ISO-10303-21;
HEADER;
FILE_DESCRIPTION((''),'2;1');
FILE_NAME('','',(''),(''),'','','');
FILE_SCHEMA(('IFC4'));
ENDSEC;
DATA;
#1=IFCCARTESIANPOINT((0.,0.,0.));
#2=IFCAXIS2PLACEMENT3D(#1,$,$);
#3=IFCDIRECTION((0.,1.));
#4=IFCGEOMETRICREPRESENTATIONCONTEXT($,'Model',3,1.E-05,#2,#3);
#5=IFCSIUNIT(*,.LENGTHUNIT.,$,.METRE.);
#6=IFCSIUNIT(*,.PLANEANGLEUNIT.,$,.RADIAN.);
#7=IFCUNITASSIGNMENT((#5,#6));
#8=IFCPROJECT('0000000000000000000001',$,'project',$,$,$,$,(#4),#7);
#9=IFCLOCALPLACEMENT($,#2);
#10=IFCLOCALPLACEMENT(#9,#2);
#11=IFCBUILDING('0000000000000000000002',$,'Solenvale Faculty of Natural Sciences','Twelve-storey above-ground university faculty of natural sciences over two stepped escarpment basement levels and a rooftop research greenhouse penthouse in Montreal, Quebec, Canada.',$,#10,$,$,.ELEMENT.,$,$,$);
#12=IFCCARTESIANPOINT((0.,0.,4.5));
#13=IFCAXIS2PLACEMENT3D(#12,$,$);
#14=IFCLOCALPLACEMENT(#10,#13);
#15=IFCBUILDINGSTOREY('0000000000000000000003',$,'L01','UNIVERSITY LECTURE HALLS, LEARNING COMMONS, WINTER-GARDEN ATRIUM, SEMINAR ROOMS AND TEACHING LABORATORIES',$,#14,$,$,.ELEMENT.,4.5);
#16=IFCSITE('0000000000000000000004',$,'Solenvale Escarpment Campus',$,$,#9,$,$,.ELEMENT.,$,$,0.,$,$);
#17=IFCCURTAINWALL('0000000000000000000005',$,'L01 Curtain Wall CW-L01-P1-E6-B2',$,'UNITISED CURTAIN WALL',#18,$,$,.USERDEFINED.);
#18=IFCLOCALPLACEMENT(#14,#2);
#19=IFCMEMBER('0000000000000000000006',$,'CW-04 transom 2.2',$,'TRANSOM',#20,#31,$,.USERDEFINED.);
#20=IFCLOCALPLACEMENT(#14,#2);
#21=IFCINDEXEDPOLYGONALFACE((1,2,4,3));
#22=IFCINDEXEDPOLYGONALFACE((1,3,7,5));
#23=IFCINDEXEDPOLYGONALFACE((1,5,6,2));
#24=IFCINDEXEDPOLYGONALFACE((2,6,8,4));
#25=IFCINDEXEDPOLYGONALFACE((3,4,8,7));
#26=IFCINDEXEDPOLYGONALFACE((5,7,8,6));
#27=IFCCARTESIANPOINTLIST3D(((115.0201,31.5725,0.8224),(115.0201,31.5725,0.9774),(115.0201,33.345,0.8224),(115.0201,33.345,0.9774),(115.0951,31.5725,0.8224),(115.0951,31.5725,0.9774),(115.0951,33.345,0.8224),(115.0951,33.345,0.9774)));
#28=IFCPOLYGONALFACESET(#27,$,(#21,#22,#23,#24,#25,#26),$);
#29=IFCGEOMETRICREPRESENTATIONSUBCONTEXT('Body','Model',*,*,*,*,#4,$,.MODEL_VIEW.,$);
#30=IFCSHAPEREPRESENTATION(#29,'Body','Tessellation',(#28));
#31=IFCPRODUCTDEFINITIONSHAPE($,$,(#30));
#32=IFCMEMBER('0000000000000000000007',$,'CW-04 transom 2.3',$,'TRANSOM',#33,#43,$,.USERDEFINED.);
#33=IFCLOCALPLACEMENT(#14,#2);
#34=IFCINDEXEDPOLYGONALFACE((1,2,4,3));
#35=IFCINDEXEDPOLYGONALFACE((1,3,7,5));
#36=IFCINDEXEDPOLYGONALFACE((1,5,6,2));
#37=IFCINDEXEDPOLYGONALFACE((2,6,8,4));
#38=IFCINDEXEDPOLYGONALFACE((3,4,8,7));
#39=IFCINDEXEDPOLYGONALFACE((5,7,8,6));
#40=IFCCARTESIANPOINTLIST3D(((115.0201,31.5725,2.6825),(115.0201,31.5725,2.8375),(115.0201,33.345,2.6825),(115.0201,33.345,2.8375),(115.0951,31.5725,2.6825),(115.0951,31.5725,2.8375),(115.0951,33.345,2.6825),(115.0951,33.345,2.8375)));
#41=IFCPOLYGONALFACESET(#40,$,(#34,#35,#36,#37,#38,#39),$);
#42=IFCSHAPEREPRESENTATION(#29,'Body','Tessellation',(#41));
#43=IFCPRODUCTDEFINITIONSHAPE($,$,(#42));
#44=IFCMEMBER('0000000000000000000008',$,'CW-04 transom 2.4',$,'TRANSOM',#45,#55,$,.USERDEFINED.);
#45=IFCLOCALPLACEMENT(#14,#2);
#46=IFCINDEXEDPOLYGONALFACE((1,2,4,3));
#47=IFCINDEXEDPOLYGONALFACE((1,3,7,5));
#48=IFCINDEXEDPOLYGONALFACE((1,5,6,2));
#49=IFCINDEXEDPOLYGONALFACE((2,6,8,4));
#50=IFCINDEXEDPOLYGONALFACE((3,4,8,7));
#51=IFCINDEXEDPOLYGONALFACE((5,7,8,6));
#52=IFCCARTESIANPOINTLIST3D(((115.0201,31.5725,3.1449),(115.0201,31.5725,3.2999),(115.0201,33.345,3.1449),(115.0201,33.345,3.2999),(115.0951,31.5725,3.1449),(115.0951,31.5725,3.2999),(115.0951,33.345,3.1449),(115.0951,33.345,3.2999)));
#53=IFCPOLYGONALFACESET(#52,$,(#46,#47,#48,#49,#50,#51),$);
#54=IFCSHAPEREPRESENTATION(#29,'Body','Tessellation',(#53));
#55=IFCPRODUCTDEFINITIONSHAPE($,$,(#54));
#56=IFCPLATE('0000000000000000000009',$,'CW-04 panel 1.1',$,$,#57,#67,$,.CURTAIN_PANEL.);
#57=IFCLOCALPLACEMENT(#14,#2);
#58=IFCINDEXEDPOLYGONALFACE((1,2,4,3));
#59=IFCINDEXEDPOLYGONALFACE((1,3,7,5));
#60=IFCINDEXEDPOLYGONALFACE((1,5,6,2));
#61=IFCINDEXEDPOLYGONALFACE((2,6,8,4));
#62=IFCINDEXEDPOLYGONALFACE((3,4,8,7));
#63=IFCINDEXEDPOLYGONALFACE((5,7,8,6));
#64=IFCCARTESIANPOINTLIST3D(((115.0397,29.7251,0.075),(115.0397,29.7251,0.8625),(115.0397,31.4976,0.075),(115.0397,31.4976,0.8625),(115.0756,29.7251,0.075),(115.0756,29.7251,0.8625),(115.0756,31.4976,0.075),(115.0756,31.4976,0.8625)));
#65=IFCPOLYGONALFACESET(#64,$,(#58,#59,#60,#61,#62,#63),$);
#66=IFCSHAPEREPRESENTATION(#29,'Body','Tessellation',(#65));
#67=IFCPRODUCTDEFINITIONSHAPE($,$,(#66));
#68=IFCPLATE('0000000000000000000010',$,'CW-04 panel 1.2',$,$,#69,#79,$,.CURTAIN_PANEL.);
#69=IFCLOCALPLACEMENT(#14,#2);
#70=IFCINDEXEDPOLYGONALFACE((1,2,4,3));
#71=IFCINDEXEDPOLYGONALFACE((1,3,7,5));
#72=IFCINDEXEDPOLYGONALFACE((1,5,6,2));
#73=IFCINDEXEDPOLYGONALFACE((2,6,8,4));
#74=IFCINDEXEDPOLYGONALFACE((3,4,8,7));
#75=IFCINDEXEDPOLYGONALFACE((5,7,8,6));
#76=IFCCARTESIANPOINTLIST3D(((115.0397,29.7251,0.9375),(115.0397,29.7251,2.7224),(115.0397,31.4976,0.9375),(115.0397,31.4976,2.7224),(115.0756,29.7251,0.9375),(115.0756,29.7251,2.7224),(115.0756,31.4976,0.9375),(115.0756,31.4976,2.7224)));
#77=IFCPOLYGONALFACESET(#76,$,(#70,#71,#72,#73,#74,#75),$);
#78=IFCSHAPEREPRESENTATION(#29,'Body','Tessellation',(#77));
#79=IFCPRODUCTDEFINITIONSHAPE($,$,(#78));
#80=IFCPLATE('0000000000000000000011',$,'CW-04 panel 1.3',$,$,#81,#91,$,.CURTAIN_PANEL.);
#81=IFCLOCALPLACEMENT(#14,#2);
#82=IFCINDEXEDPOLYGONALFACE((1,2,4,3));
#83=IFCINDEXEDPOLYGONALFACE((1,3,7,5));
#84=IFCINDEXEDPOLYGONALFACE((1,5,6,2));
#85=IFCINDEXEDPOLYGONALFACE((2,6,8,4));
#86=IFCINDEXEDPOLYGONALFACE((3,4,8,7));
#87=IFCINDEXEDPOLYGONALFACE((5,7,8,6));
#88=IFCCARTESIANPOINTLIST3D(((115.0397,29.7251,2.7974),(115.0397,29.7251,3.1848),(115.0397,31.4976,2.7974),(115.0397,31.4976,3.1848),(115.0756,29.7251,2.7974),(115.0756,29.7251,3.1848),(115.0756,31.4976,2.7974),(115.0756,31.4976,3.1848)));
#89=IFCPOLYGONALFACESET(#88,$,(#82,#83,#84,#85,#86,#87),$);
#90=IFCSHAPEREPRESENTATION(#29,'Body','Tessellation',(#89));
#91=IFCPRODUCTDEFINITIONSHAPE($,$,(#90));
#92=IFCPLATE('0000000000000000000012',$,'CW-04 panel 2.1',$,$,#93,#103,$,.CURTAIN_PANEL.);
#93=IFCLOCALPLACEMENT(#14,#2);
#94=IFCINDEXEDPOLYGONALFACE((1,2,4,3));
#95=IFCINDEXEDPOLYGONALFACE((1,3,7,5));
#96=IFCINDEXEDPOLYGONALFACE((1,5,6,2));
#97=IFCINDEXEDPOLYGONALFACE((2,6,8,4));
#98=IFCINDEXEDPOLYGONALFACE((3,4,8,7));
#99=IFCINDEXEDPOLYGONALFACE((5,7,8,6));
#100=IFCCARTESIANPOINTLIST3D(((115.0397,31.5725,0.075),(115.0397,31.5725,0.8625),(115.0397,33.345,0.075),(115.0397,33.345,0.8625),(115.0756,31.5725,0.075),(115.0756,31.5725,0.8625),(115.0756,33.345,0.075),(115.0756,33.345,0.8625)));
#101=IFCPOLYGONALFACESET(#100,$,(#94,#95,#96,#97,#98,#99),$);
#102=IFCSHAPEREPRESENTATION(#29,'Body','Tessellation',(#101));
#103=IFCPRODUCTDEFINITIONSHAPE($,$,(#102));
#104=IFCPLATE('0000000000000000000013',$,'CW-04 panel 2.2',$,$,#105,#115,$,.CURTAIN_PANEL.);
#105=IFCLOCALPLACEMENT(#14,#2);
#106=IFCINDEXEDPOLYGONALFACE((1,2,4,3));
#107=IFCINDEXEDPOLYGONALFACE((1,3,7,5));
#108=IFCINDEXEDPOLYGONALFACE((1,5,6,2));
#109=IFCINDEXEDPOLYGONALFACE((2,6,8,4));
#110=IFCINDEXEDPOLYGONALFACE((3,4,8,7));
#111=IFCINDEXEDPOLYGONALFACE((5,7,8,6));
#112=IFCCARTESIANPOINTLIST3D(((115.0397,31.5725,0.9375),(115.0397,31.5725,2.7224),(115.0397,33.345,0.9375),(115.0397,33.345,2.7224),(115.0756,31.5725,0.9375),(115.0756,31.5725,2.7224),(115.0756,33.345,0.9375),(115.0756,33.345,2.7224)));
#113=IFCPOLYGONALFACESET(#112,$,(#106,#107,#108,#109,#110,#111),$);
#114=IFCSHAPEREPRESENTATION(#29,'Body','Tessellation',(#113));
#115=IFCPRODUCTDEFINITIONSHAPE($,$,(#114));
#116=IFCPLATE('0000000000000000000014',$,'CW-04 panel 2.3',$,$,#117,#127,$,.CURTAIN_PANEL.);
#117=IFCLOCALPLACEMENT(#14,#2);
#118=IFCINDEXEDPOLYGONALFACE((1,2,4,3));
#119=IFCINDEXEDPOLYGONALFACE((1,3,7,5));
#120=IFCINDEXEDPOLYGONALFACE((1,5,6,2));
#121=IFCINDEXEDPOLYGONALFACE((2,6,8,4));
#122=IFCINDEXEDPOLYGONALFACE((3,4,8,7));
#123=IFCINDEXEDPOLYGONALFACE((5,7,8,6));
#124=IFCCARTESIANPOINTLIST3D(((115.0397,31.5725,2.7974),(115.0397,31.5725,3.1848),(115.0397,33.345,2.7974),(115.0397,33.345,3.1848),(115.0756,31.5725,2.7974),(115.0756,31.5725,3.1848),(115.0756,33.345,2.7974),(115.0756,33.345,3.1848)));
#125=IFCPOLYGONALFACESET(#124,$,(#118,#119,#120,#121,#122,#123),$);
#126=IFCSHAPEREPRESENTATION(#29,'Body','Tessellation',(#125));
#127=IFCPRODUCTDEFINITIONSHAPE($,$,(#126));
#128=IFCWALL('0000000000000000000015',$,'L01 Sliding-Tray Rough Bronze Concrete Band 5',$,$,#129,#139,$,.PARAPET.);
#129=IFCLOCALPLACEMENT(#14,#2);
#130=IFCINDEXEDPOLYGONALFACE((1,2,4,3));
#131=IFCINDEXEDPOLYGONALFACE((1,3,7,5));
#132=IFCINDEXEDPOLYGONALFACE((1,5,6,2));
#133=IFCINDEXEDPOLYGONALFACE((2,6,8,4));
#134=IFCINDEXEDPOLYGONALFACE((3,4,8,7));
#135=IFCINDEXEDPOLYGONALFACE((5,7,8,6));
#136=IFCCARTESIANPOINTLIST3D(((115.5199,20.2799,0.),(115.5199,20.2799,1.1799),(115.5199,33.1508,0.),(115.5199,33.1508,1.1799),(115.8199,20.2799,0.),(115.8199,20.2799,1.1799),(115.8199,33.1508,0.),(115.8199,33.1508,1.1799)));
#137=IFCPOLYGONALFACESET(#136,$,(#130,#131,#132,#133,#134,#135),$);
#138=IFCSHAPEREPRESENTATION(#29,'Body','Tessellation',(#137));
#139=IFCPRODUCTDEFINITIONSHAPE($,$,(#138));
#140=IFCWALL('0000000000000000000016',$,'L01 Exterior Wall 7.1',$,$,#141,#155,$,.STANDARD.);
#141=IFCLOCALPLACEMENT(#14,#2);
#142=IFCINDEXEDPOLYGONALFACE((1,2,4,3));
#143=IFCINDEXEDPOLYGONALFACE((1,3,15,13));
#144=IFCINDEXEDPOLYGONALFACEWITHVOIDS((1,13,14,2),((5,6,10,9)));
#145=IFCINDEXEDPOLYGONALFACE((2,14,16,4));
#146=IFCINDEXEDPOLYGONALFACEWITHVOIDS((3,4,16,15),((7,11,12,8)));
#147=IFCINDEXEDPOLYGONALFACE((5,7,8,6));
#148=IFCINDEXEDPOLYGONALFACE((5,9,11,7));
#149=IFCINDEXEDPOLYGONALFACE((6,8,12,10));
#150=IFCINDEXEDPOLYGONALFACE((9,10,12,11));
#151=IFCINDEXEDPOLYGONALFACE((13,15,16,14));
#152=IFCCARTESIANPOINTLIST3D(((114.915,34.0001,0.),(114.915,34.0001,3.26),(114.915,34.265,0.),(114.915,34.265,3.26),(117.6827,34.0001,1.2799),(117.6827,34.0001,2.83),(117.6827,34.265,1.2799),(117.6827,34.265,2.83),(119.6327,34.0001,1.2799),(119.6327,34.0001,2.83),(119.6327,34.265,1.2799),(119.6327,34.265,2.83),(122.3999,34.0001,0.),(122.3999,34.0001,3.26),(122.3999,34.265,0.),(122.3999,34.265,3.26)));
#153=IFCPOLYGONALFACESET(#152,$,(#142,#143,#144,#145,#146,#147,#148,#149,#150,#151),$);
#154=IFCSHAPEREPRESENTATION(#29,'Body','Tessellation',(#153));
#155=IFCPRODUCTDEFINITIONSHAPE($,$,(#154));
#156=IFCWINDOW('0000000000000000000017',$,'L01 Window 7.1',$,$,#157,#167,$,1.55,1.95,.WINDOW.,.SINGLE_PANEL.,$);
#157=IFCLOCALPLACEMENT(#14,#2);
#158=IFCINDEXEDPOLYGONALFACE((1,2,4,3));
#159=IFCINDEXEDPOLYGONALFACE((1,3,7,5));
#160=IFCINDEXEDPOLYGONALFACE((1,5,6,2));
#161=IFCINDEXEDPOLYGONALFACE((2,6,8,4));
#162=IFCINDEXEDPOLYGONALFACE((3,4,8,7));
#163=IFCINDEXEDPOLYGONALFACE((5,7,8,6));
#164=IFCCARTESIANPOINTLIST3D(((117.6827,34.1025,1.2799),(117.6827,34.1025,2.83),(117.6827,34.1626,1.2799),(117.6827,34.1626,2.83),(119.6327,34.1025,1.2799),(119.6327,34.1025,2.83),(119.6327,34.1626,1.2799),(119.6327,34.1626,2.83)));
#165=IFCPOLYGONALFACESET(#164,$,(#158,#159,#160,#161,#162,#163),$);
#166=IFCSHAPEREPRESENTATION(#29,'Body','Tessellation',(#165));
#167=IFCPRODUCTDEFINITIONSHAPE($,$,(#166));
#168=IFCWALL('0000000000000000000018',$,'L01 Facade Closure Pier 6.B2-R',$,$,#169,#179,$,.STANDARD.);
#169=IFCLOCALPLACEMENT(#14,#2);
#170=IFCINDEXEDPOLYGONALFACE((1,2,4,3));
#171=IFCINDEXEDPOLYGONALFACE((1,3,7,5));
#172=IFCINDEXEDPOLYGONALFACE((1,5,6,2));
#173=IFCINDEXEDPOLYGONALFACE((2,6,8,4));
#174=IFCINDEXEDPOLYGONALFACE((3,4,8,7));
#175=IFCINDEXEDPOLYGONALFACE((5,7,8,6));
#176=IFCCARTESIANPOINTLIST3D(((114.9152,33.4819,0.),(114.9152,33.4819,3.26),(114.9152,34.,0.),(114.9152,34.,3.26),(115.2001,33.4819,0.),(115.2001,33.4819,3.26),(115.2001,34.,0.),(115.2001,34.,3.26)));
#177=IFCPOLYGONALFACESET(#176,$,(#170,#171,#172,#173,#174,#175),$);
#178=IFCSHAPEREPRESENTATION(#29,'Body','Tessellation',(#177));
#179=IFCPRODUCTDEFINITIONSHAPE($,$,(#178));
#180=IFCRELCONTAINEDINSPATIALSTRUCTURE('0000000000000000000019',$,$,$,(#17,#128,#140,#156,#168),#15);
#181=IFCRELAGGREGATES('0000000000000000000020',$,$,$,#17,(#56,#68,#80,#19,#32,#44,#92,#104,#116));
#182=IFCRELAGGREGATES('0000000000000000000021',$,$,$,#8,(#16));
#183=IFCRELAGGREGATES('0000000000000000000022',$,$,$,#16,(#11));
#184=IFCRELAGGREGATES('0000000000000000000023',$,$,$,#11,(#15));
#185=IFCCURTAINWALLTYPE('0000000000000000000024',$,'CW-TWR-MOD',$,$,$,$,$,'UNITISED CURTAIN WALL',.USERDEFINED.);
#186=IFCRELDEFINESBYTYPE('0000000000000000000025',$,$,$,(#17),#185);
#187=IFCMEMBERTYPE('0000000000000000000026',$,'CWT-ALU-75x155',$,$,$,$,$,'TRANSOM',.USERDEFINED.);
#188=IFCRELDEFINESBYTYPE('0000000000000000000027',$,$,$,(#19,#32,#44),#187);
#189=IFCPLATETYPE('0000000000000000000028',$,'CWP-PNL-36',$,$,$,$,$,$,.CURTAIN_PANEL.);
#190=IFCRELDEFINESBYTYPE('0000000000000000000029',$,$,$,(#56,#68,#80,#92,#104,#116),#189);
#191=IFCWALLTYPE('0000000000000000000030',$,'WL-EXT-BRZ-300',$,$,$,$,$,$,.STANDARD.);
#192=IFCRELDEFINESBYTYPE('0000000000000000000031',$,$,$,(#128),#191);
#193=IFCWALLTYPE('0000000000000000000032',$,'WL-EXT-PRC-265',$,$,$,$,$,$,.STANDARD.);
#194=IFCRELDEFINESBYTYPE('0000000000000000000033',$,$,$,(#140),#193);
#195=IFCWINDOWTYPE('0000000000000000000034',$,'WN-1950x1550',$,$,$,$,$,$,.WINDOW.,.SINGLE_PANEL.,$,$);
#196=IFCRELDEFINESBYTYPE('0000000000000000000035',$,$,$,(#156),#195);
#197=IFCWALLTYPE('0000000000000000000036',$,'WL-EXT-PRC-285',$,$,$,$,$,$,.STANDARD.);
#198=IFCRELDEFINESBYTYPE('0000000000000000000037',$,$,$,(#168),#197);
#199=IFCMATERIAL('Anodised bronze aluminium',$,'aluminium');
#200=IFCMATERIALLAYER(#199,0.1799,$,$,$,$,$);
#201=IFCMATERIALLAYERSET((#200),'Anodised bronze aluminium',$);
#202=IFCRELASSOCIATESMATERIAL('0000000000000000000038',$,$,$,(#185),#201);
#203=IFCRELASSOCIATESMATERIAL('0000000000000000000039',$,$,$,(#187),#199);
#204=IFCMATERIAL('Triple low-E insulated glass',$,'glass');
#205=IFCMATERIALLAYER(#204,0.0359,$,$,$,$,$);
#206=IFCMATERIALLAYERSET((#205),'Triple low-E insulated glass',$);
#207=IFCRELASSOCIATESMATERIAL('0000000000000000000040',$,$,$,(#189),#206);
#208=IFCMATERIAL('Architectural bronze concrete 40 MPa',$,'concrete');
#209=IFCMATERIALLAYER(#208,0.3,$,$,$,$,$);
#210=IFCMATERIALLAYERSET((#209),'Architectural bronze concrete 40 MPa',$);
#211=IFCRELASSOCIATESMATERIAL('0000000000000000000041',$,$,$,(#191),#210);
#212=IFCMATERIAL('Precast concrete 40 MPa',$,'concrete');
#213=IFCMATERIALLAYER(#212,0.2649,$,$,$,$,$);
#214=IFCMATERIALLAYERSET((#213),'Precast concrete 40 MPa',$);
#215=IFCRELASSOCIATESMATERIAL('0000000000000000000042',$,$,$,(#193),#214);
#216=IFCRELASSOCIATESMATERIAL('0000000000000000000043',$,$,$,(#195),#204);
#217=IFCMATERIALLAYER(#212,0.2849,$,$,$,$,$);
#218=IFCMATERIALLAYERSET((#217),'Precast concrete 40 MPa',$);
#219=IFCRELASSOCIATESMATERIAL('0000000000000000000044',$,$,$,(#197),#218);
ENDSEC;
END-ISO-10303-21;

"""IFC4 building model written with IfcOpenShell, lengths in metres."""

from ifc_helpers import new_model, si_unit, direction, frame, frame_2d, origin, origin_2d, place, context, subcontext, project, spatial, rectangle, extrude, material, layer, layer_set, material_profile, profile_set, type_object, element, fill, aggregate, save


model = new_model("IFC4")

# Units and contexts
model_context = context("Model", 3, precision=1e-05, world=origin(), true_north=direction((0.0, 1.0)))
body_context = subcontext(model_context, "Body", "Model", "MODEL_VIEW")
ifc_project = project(units=[si_unit("LENGTHUNIT", "METRE"), si_unit("PLANEANGLEUNIT", "RADIAN")], contexts=[model_context])

# Site, building, storey
site_placement = place(None, origin())
site = spatial("IfcSite", under=ifc_project, at=site_placement, Name="Solenvale Escarpment Campus", CompositionType="ELEMENT", RefElevation=0.0)
building_placement = place(site_placement, origin())
building = spatial("IfcBuilding", under=site, at=building_placement, Name="Solenvale Faculty of Natural Sciences", Description="Twelve-storey above-ground university faculty of natural sciences over two stepped escarpment basement levels and a rooftop research greenhouse penthouse in Montreal, Quebec, Canada.", CompositionType="ELEMENT")
storey_placement = place(building_placement, frame((0.0, 0.0, 4.5)))
storey = spatial("IfcBuildingStorey", under=building, at=storey_placement, Name="L01", Description="UNIVERSITY LECTURE HALLS, LEARNING COMMONS, WINTER-GARDEN ATRIUM, SEMINAR ROOMS AND TEACHING LABORATORIES", CompositionType="ELEMENT", Elevation=4.5)

# Curtain wall, members, plates
ifc_material_1 = material(Name="Anodised bronze aluminium", Category="aluminium")
ifc_layer_1 = layer(ifc_material_1, 0.1799)
ifc_layer_set_1 = layer_set([ifc_layer_1], Name="Anodised bronze aluminium")
curtain_wall_type = type_object("IfcCurtainWallType", Name="CW-TWR-MOD", ElementType="UNITISED CURTAIN WALL", PredefinedType="USERDEFINED", material=ifc_layer_set_1)
curtain_wall_placement = place(storey_placement, origin())
curtain_wall = element("IfcCurtainWall", 1, at=curtain_wall_placement, inside=storey, type_object=curtain_wall_type, Name="L01 Curtain Wall CW-L01-P1-E6-B2", ObjectType="UNITISED CURTAIN WALL", PredefinedType="USERDEFINED")
ifc_material_profile_1 = material_profile(ifc_material_1, rectangle(XDim=0.075, YDim=0.155, at=origin_2d()), Name="ALU-TRN-75x155")
ifc_profile_set_1 = profile_set([ifc_material_profile_1], Name="Anodised bronze aluminium")
member_type_1 = type_object("IfcMemberType", Name="CWT-ALU-75x155", ElementType="TRANSOM", PredefinedType="USERDEFINED", material=ifc_profile_set_1)
member_1_placement = place(storey_placement, frame((115.0576, 31.5725, 0.8999), z_axis=(0.0, 1.0, 0.0), x_axis=(-1.0, 0.0, 0.0)))
member_1 = element("IfcMember", 2, at=member_1_placement, type_object=member_type_1, Name="CW-04 transom 2.2", ObjectType="TRANSOM", PredefinedType="USERDEFINED", context=body_context, shape_type="SweptSolid", body=[
    extrude(rectangle(XDim=0.075, YDim=0.155, at=origin_2d()), origin(), (0.0, 0.0, 1.0), 1.7725),
])
member_2_placement = place(storey_placement, frame((115.0576, 31.5725, 2.76), z_axis=(0.0, 1.0, 0.0), x_axis=(-1.0, 0.0, 0.0)))
member_2 = element("IfcMember", 3, at=member_2_placement, type_object=member_type_1, Name="CW-04 transom 2.3", ObjectType="TRANSOM", PredefinedType="USERDEFINED", context=body_context, shape_type="SweptSolid", body=[
    extrude(rectangle(XDim=0.075, YDim=0.155, at=origin_2d()), origin(), (0.0, 0.0, 1.0), 1.7725),
])
member_3_placement = place(storey_placement, frame((115.0576, 31.5725, 3.2224), z_axis=(0.0, 1.0, 0.0), x_axis=(-1.0, 0.0, 0.0)))
member_3 = element("IfcMember", 4, at=member_3_placement, type_object=member_type_1, Name="CW-04 transom 2.4", ObjectType="TRANSOM", PredefinedType="USERDEFINED", context=body_context, shape_type="SweptSolid", body=[
    extrude(rectangle(XDim=0.075, YDim=0.155, at=origin_2d()), origin(), (0.0, 0.0, 1.0), 1.7725),
])
ifc_material_2 = material(Name="Triple low-E insulated glass", Category="glass")
ifc_layer_2 = layer(ifc_material_2, 0.0359)
ifc_layer_set_2 = layer_set([ifc_layer_2], Name="Triple low-E insulated glass")
plate_type = type_object("IfcPlateType", Name="CWP-PNL-36", PredefinedType="CURTAIN_PANEL", material=ifc_layer_set_2)
plate_1_placement = place(storey_placement, frame((115.0576, 30.6113, 0.075), z_axis=(0.0, 0.0, 1.0), x_axis=(0.0, 1.0, 0.0)))
plate_1 = element("IfcPlate", 5, at=plate_1_placement, type_object=plate_type, Name="CW-04 panel 1.1", PredefinedType="CURTAIN_PANEL", context=body_context, shape_type="SweptSolid", body=[
    extrude(rectangle(XDim=1.7725, YDim=0.0359, at=origin_2d()), origin(), (0.0, 0.0, 1.0), 0.7876),
])
plate_2_placement = place(storey_placement, frame((115.0576, 30.6113, 0.9375), z_axis=(0.0, 0.0, 1.0), x_axis=(0.0, 1.0, 0.0)))
plate_2 = element("IfcPlate", 6, at=plate_2_placement, type_object=plate_type, Name="CW-04 panel 1.2", PredefinedType="CURTAIN_PANEL", context=body_context, shape_type="SweptSolid", body=[
    extrude(rectangle(XDim=1.7725, YDim=0.0359, at=origin_2d()), origin(), (0.0, 0.0, 1.0), 1.7849),
])
plate_3_placement = place(storey_placement, frame((115.0576, 30.6113, 2.7974), z_axis=(0.0, 0.0, 1.0), x_axis=(0.0, 1.0, 0.0)))
plate_3 = element("IfcPlate", 7, at=plate_3_placement, type_object=plate_type, Name="CW-04 panel 1.3", PredefinedType="CURTAIN_PANEL", context=body_context, shape_type="SweptSolid", body=[
    extrude(rectangle(XDim=1.7725, YDim=0.0359, at=origin_2d()), origin(), (0.0, 0.0, 1.0), 0.3875),
])
plate_4_placement = place(storey_placement, frame((115.0576, 32.4587, 0.075), z_axis=(0.0, 0.0, 1.0), x_axis=(0.0, 1.0, 0.0)))
plate_4 = element("IfcPlate", 8, at=plate_4_placement, type_object=plate_type, Name="CW-04 panel 2.1", PredefinedType="CURTAIN_PANEL", context=body_context, shape_type="SweptSolid", body=[
    extrude(rectangle(XDim=1.7725, YDim=0.0359, at=origin_2d()), origin(), (0.0, 0.0, 1.0), 0.7876),
])
plate_5_placement = place(storey_placement, frame((115.0576, 32.4587, 0.9375), z_axis=(0.0, 0.0, 1.0), x_axis=(0.0, 1.0, 0.0)))
plate_5 = element("IfcPlate", 9, at=plate_5_placement, type_object=plate_type, Name="CW-04 panel 2.2", PredefinedType="CURTAIN_PANEL", context=body_context, shape_type="SweptSolid", body=[
    extrude(rectangle(XDim=1.7725, YDim=0.0359, at=origin_2d()), origin(), (0.0, 0.0, 1.0), 1.7849),
])
plate_6_placement = place(storey_placement, frame((115.0576, 32.4587, 2.7974), z_axis=(0.0, 0.0, 1.0), x_axis=(0.0, 1.0, 0.0)))
plate_6 = element("IfcPlate", 10, at=plate_6_placement, type_object=plate_type, Name="CW-04 panel 2.3", PredefinedType="CURTAIN_PANEL", context=body_context, shape_type="SweptSolid", body=[
    extrude(rectangle(XDim=1.7725, YDim=0.0359, at=origin_2d()), origin(), (0.0, 0.0, 1.0), 0.3875),
])
aggregate(curtain_wall, [plate_1, plate_2, plate_3, member_1, member_2, member_3, plate_4, plate_5, plate_6])

# Wall
ifc_material_3 = material(Name="Architectural bronze concrete 40 MPa", Category="concrete")
ifc_layer_3 = layer(ifc_material_3, 0.3)
ifc_layer_set_3 = layer_set([ifc_layer_3], Name="Architectural bronze concrete 40 MPa")
wall_type_1 = type_object("IfcWallType", Name="WL-EXT-BRZ-300", PredefinedType="STANDARD", material=ifc_layer_set_3)
wall_1_placement = place(storey_placement, frame((115.6699, 33.1509, 0.0), z_axis=(0.0, 0.0, 1.0), x_axis=(0.0, -1.0, 0.0)))
element("IfcWall", 11, at=wall_1_placement, inside=storey, type_object=wall_type_1, Name="L01 Sliding-Tray Rough Bronze Concrete Band 5", PredefinedType="PARAPET", context=body_context, shape_type="SweptSolid", body=[
    extrude(rectangle(XDim=12.8708, YDim=0.3, at=frame_2d((6.4355, 0.0))), origin(), (0.0, 0.0, 1.0), 1.1799),
])

# Wall, opening, window
ifc_material_4 = material(Name="Precast concrete 40 MPa", Category="concrete")
ifc_layer_4 = layer(ifc_material_4, 0.2649)
ifc_layer_set_4 = layer_set([ifc_layer_4], Name="Precast concrete 40 MPa")
wall_type_2 = type_object("IfcWallType", Name="WL-EXT-PRC-265", PredefinedType="STANDARD", material=ifc_layer_set_4)
wall_2_placement = place(storey_placement, frame((122.3999, 34.1326, 0.0), z_axis=(0.0, 0.0, 1.0), x_axis=(-1.0, 0.0, 0.0)))
wall_2 = element("IfcWall", 12, at=wall_2_placement, inside=storey, type_object=wall_type_2, Name="L01 Exterior Wall 7.1", PredefinedType="STANDARD", context=body_context, shape_type="SweptSolid", body=[
    extrude(rectangle(XDim=7.4849, YDim=0.2649, at=frame_2d((3.7424, 0.0))), origin(), (0.0, 0.0, 1.0), 3.26),
])
opening_1_placement = place(wall_2_placement, frame((2.7671, 0.0, 1.28)))
opening_1 = element("IfcOpeningElement", 13, at=opening_1_placement, cuts=wall_2, PredefinedType="OPENING", context=body_context, shape_type="SweptSolid", body=[
    extrude(rectangle(XDim=1.95, YDim=1.55, at=frame_2d((0.9751, 0.7749))), frame((0.0, 0.1423, 0.0), z_axis=(0.0, -1.0, 0.0), x_axis=(1.0, 0.0, 0.0)), (0.0, 0.0, 1.0), 0.2849),
])
window_type = type_object("IfcWindowType", Name="WN-1950x1550", PartitioningType="SINGLE_PANEL", PredefinedType="WINDOW", material=ifc_material_2)
window_placement = place(opening_1_placement, origin())
window = element("IfcWindow", 14, at=window_placement, inside=storey, type_object=window_type, Name="L01 Window 7.1", OverallHeight=1.55, OverallWidth=1.95, PartitioningType="SINGLE_PANEL", PredefinedType="WINDOW", context=body_context, shape_type="SweptSolid", body=[
    extrude(rectangle(XDim=1.95, YDim=1.55, at=frame_2d((0.9751, 0.7749))), frame((0.0, 0.03, 0.0), z_axis=(0.0, -1.0, 0.0), x_axis=(1.0, 0.0, 0.0)), (0.0, 0.0, 1.0), 0.0601),
])
fill(opening_1, window)

# Wall
ifc_layer_5 = layer(ifc_material_4, 0.2849)
ifc_layer_set_5 = layer_set([ifc_layer_5], Name="Precast concrete 40 MPa")
wall_type_3 = type_object("IfcWallType", Name="WL-EXT-PRC-285", PredefinedType="STANDARD", material=ifc_layer_set_5)
wall_3_placement = place(storey_placement, frame((115.0576, 33.4819, 0.0), z_axis=(0.0, 0.0, 1.0), x_axis=(0.0, 1.0, 0.0)))
element("IfcWall", 15, at=wall_3_placement, inside=storey, type_object=wall_type_3, Name="L01 Facade Closure Pier 6.B2-R", PredefinedType="STANDARD", context=body_context, shape_type="SweptSolid", body=[
    extrude(rectangle(XDim=0.5181, YDim=0.2849, at=frame_2d((0.259, 0.0))), origin(), (0.0, 0.0, 1.0), 3.26),
])

save(model, "model.ifc")
